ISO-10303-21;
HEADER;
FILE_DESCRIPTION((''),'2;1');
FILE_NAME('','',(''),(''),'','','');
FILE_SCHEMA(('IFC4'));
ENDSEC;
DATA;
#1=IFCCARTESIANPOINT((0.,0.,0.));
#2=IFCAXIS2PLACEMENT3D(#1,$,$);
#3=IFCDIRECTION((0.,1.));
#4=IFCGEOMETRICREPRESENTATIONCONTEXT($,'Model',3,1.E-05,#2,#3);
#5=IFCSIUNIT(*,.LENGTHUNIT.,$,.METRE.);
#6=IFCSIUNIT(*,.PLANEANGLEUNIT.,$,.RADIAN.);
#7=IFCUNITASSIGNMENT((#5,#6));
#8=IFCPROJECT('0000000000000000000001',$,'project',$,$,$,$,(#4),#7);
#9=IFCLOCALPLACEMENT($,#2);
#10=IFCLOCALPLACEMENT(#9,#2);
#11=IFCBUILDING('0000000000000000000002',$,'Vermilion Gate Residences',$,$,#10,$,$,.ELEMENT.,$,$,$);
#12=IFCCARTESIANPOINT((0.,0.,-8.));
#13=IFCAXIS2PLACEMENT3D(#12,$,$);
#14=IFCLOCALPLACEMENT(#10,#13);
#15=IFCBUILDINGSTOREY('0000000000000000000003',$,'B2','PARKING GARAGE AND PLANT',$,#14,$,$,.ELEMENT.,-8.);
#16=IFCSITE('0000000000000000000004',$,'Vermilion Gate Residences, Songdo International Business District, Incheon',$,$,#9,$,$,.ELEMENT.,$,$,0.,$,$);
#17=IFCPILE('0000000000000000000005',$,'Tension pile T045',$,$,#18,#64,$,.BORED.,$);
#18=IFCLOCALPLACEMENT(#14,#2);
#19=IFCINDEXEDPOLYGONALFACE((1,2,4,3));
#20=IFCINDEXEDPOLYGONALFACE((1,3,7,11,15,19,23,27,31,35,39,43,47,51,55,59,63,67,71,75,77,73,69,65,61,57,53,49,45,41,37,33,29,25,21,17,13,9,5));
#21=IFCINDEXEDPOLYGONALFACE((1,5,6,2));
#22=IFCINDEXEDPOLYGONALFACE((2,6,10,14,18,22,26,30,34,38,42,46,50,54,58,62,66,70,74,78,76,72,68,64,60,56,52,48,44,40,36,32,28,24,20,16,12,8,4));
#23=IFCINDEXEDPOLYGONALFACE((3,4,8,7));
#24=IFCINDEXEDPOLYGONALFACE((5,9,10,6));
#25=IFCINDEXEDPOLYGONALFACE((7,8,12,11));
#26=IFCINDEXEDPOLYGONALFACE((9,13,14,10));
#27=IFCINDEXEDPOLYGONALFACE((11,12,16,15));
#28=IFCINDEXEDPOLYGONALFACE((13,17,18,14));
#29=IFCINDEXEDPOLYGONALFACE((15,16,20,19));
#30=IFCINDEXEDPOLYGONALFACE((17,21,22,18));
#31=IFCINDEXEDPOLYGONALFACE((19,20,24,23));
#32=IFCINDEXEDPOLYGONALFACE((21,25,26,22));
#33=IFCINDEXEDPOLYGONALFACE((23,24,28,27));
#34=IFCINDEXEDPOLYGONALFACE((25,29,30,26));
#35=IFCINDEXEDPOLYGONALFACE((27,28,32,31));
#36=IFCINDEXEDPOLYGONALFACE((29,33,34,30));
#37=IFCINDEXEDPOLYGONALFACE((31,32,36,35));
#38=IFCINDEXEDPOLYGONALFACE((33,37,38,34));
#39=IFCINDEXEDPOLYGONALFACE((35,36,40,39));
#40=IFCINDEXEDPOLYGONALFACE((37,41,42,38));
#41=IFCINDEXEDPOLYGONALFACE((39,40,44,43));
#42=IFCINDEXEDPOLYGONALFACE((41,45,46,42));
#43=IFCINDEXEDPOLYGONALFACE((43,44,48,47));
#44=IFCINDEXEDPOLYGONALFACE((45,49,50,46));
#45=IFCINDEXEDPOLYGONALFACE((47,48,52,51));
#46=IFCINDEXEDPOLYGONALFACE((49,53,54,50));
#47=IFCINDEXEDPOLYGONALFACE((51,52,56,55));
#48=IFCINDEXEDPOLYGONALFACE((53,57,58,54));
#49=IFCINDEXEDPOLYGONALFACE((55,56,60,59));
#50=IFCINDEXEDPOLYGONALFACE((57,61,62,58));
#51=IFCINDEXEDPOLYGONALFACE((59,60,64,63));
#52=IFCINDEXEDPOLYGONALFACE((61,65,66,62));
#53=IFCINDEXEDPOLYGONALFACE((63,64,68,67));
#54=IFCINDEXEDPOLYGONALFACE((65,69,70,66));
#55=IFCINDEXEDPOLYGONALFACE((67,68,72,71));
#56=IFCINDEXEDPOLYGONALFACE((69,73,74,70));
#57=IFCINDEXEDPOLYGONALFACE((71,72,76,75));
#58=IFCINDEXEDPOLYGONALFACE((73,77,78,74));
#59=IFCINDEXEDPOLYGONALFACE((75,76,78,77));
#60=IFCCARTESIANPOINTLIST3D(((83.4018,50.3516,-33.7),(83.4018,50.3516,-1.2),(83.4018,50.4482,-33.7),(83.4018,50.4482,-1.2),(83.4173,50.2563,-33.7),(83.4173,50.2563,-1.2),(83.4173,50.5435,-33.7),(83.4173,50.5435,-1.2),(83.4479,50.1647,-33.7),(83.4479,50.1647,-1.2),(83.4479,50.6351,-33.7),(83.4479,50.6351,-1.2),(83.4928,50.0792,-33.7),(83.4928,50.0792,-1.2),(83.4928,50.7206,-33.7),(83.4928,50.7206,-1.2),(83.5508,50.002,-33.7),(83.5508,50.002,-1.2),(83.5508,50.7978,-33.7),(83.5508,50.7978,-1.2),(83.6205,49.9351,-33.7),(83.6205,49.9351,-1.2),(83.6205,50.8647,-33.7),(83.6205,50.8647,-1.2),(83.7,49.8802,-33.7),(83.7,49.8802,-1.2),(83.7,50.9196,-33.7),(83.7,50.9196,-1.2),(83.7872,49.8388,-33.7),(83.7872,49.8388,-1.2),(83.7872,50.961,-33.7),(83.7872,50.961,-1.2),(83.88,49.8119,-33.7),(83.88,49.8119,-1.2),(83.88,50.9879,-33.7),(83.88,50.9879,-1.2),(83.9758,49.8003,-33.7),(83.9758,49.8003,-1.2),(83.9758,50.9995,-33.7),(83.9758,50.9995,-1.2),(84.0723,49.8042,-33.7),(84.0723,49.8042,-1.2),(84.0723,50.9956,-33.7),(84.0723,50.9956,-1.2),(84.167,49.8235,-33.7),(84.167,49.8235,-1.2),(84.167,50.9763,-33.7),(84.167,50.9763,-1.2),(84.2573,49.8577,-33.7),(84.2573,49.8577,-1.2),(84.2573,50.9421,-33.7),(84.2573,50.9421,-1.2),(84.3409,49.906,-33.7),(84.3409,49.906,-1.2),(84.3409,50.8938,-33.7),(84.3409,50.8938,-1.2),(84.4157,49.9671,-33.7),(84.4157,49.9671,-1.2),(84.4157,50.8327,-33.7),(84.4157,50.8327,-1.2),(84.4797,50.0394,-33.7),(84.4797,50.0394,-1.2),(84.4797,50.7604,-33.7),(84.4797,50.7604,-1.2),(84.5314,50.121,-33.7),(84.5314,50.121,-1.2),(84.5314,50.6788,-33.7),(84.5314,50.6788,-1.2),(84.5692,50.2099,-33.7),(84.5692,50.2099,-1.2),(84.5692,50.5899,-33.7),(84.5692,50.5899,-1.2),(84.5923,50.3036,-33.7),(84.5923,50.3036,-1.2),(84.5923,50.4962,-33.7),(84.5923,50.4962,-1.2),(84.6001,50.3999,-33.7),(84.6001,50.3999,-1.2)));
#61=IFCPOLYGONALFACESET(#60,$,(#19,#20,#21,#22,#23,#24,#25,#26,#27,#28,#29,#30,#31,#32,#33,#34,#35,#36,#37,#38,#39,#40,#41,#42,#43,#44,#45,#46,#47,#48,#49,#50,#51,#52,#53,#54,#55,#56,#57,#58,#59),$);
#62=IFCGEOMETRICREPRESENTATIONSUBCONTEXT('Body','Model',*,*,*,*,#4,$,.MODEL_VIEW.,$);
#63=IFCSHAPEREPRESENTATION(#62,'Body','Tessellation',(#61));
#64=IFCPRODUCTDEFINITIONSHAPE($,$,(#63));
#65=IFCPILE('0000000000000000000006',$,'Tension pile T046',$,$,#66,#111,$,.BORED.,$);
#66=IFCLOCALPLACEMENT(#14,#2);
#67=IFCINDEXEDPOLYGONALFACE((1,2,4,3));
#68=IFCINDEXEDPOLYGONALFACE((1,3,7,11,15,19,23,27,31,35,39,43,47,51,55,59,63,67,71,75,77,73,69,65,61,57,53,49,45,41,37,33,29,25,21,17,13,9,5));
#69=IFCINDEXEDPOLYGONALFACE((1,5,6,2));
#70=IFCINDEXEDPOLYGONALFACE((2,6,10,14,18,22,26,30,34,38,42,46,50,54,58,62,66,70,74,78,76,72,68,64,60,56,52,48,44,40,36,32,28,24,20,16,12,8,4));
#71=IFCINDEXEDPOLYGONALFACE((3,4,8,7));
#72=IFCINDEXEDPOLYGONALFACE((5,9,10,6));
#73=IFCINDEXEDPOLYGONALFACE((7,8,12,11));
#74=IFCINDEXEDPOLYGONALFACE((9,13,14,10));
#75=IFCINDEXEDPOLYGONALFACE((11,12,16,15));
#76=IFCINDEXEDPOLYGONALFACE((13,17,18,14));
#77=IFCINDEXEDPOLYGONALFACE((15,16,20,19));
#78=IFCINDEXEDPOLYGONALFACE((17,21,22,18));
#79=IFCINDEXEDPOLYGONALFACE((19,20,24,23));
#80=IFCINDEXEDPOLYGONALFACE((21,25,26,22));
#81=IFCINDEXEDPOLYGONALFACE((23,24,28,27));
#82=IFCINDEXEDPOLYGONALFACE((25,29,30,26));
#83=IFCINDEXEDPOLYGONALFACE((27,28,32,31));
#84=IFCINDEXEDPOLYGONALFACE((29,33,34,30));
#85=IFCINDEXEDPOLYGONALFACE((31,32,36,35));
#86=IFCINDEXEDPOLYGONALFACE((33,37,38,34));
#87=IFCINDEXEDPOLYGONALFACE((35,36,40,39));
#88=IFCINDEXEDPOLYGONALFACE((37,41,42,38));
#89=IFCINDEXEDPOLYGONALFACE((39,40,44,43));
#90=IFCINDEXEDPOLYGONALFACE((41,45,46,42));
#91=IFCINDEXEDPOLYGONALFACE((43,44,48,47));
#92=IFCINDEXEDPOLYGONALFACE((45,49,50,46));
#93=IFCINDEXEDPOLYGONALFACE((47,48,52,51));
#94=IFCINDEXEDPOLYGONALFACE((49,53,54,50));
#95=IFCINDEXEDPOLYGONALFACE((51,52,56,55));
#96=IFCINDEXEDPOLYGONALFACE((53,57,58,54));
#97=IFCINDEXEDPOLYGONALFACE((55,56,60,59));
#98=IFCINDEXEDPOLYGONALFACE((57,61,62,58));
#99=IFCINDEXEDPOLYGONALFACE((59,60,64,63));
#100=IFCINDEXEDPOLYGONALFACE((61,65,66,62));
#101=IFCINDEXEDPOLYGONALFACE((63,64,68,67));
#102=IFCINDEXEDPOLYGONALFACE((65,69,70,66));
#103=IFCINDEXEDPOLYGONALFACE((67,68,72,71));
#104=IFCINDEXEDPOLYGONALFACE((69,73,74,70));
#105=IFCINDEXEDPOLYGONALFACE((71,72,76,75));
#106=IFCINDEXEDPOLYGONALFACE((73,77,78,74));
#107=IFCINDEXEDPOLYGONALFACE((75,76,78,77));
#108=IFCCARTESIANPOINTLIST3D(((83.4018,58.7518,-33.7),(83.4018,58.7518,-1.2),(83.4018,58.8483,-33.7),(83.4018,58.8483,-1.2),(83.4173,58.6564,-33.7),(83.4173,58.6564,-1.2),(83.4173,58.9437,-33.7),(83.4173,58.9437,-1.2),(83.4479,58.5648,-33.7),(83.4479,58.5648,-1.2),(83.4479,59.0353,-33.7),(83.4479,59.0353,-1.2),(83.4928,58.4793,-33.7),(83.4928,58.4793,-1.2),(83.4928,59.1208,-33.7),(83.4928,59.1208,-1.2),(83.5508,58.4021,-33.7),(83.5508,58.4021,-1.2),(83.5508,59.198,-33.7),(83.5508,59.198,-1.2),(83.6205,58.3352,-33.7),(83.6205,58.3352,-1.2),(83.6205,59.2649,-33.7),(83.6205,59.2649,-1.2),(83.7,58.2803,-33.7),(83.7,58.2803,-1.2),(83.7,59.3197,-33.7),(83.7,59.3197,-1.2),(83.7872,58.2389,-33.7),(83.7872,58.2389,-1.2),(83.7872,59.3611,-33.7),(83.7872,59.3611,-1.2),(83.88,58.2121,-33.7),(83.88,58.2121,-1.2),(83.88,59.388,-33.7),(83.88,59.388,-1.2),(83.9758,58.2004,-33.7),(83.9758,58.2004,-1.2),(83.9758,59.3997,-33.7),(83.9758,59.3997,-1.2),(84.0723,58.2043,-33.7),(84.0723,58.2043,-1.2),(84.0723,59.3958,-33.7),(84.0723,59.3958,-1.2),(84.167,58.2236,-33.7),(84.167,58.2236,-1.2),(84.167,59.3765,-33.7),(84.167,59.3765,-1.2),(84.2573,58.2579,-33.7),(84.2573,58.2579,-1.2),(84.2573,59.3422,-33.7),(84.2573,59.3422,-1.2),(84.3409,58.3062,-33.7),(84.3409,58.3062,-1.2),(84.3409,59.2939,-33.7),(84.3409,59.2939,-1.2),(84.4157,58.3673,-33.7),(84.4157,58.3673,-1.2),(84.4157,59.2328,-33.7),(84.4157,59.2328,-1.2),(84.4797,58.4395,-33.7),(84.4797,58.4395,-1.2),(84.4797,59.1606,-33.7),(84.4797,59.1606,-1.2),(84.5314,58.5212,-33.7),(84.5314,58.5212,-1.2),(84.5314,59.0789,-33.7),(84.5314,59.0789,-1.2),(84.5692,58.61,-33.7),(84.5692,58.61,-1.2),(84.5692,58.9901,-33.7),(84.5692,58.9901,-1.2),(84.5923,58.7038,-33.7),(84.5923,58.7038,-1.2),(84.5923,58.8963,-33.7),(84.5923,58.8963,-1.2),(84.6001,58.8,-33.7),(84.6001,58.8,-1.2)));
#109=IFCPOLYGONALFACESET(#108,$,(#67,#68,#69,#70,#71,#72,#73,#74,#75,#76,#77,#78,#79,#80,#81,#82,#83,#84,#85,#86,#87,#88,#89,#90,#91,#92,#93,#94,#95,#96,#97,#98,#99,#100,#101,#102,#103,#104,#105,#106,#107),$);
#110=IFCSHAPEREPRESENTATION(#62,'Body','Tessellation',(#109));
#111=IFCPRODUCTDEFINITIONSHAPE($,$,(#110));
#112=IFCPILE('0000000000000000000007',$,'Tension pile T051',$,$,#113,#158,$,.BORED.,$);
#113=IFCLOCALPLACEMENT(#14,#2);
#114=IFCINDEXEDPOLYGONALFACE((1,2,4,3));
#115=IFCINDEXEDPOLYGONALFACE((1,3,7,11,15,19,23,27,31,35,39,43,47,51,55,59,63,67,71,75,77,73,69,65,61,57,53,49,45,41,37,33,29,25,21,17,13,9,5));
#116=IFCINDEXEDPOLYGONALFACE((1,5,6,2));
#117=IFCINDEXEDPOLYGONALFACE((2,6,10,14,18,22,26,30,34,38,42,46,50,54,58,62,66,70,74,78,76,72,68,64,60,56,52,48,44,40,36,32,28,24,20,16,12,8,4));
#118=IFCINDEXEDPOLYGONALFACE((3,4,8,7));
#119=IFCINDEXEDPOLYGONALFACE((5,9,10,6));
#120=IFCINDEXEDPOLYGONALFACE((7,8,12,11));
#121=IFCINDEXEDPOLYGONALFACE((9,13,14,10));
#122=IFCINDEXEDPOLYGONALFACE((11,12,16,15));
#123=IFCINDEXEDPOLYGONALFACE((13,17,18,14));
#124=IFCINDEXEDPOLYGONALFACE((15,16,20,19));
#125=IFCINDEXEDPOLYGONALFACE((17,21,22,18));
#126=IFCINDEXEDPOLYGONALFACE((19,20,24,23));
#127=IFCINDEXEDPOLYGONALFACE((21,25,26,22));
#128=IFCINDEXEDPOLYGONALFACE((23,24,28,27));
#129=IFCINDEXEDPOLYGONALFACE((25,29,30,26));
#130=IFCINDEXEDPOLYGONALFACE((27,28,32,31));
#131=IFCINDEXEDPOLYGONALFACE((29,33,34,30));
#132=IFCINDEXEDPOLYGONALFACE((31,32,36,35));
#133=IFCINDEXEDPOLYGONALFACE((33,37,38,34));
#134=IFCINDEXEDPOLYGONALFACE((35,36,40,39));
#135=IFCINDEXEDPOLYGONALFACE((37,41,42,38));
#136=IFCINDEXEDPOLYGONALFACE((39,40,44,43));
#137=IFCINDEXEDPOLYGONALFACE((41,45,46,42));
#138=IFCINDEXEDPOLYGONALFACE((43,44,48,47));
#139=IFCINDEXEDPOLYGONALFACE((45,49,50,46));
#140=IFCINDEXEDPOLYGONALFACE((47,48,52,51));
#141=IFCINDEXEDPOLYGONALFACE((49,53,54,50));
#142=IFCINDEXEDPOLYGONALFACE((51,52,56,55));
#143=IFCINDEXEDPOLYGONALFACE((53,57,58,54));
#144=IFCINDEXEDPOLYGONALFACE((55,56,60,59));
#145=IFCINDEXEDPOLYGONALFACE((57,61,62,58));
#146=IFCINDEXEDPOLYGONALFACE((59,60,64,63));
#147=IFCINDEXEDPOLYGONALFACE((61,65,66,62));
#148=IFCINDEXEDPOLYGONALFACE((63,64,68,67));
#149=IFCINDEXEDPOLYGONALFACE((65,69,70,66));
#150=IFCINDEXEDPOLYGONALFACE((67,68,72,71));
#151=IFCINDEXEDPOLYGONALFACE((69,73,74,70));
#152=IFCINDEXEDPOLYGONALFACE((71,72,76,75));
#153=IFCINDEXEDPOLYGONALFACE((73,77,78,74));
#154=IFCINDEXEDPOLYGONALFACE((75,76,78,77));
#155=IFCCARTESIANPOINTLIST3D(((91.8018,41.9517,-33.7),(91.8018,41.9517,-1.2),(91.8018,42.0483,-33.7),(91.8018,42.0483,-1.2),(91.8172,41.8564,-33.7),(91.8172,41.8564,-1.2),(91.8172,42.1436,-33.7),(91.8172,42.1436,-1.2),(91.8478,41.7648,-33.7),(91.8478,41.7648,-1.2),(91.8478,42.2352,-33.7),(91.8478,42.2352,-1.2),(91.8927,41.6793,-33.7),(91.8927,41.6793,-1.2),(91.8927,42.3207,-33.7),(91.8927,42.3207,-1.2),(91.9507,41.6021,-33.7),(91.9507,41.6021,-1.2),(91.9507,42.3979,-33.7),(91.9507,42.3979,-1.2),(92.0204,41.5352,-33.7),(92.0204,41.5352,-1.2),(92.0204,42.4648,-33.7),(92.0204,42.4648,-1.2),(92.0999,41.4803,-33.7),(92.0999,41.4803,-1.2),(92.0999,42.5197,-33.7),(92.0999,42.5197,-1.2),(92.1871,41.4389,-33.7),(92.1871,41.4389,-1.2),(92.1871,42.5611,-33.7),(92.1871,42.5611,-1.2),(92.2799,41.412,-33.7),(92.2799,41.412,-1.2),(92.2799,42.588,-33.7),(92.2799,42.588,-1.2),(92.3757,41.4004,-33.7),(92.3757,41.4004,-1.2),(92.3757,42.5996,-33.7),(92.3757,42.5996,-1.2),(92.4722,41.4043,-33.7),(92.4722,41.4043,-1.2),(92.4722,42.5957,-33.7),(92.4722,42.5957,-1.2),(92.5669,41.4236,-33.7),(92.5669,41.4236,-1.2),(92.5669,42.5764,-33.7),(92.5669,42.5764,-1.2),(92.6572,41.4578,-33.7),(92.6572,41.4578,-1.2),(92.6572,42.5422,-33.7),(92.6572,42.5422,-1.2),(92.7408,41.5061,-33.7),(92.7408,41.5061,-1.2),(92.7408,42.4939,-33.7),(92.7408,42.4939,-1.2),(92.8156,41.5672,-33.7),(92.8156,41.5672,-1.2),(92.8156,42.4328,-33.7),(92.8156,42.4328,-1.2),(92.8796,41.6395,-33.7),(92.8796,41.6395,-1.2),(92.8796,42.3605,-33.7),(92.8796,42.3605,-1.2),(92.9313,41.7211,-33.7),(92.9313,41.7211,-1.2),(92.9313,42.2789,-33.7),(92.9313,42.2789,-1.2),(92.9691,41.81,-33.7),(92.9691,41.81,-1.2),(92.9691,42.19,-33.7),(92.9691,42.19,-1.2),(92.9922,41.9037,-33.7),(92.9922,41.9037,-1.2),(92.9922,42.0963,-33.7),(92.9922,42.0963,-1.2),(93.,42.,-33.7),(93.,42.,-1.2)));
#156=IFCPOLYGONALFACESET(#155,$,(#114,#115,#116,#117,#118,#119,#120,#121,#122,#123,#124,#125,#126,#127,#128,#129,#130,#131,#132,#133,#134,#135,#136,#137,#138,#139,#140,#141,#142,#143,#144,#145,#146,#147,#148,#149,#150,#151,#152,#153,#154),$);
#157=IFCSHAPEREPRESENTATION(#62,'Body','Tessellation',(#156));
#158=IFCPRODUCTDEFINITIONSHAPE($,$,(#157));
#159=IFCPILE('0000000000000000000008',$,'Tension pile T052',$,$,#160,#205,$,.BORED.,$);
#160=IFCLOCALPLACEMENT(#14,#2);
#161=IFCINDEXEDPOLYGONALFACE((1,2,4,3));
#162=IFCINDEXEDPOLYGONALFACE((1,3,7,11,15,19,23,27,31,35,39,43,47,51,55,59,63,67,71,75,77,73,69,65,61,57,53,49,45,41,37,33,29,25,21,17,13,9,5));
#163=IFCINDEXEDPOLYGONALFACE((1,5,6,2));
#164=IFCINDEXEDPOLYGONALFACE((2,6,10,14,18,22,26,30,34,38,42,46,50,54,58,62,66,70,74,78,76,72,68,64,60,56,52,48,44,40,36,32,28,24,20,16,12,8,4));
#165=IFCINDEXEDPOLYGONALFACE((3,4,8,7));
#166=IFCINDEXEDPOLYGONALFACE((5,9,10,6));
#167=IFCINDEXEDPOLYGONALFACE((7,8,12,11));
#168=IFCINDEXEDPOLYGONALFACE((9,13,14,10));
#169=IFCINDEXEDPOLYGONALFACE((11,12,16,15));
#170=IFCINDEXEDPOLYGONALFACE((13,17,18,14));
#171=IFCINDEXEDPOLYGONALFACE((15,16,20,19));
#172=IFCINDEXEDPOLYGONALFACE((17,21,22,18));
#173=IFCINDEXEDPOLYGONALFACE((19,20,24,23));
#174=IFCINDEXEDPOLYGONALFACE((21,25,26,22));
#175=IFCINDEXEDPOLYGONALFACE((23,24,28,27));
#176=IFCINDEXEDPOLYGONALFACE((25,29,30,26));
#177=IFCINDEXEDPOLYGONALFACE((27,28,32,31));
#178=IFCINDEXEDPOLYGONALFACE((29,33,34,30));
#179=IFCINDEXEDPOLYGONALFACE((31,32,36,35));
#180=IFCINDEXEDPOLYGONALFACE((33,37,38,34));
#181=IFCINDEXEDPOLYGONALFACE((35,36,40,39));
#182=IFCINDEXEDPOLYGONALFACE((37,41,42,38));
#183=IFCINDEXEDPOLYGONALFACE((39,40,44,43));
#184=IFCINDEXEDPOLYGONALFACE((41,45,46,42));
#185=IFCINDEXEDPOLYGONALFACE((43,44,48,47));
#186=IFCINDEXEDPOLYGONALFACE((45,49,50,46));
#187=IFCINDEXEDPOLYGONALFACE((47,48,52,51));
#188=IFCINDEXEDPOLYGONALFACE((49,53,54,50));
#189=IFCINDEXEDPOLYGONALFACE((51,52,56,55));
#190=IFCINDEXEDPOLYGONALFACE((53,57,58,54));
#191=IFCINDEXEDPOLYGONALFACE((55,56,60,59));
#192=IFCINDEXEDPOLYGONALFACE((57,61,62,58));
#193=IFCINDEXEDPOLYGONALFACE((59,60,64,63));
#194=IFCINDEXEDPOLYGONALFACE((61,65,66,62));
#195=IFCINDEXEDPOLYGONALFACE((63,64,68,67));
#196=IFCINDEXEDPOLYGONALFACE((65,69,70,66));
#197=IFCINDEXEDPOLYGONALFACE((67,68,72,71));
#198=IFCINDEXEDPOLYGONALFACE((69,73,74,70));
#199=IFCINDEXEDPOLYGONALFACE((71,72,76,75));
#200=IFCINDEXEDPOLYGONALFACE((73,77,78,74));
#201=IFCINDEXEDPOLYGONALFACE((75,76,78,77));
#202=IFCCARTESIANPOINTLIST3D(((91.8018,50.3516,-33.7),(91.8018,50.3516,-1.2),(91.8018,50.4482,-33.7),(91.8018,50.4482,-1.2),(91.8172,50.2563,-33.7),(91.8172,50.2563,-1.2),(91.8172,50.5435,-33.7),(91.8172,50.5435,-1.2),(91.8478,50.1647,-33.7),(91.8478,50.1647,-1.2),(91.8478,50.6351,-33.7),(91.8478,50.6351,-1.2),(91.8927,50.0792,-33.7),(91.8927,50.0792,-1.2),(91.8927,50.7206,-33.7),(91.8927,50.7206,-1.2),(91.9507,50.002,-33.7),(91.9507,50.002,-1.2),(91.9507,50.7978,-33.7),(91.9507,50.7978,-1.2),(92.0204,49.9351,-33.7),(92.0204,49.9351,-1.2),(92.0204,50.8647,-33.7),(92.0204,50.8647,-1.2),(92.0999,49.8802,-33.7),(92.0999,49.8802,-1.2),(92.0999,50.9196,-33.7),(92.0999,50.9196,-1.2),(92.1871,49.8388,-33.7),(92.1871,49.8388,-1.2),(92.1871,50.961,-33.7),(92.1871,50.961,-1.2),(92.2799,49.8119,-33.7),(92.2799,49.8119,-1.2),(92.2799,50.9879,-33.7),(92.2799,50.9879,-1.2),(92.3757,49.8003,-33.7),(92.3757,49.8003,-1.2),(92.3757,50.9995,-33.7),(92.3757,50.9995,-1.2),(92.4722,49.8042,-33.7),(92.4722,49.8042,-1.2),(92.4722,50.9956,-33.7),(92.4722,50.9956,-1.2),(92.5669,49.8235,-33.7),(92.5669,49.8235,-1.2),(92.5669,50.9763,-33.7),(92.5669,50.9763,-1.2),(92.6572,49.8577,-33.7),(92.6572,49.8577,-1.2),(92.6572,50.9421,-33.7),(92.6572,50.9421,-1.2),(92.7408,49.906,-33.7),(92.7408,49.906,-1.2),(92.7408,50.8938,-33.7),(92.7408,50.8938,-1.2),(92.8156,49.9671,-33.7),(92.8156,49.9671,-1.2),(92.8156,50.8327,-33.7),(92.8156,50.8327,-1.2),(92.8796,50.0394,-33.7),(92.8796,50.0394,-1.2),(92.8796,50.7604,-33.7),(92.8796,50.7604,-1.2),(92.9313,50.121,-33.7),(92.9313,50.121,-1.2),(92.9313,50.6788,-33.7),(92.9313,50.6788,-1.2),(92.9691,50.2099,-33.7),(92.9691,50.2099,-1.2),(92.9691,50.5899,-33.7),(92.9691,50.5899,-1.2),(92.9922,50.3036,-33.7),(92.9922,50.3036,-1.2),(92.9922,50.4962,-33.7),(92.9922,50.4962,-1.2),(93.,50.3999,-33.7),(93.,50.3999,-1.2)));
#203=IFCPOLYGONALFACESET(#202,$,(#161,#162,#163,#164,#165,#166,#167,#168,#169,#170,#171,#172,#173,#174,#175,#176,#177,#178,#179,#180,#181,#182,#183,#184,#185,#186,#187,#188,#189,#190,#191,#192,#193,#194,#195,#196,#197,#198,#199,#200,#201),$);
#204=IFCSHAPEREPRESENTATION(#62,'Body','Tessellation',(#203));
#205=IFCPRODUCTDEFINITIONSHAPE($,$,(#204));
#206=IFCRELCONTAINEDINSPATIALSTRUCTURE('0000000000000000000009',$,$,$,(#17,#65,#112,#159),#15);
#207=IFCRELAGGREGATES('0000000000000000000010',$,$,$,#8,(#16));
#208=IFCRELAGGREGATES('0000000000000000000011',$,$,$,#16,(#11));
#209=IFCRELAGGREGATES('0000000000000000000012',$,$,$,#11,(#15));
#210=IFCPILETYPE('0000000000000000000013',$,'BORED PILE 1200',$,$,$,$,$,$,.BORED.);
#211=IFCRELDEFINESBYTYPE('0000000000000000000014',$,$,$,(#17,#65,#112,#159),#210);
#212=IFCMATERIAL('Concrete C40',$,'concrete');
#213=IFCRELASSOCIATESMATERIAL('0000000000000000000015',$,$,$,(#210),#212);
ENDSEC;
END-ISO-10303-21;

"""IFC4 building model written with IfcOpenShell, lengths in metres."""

from ifc_helpers import new_model, si_unit, direction, frame, origin, origin_2d, place, context, subcontext, project, spatial, circle, extrude, material, material_profile, profile_set, type_object, element, save


model = new_model("IFC4")

# Units and contexts
model_context = context("Model", 3, precision=1e-05, world=origin(), true_north=direction((0.0, 1.0)))
body_context = subcontext(model_context, "Body", "Model", "MODEL_VIEW")
ifc_project = project(units=[si_unit("LENGTHUNIT", "METRE"), si_unit("PLANEANGLEUNIT", "RADIAN")], contexts=[model_context])

# Site, building, storey
site_placement = place(None, origin())
site = spatial("IfcSite", under=ifc_project, at=site_placement, Name="Vermilion Gate Residences, Songdo International Business District, Incheon", CompositionType="ELEMENT", RefElevation=0.0)
building_placement = place(site_placement, origin())
building = spatial("IfcBuilding", under=site, at=building_placement, Name="Vermilion Gate Residences", CompositionType="ELEMENT")
storey_placement = place(building_placement, frame((0.0, 0.0, -8.0)))
storey = spatial("IfcBuildingStorey", under=building, at=storey_placement, Name="B2", Description="PARKING GARAGE AND PLANT", CompositionType="ELEMENT", Elevation=-8.0)

# Piles
ifc_material_1 = material(Name="Concrete C40", Category="concrete")
ifc_material_profile_1 = material_profile(ifc_material_1, circle(Radius=0.6001, at=origin_2d()), Name="BORED PILE 1200")
ifc_profile_set_1 = profile_set([ifc_material_profile_1], Name="Concrete C40")
pile_type = type_object("IfcPileType", Name="BORED PILE 1200", PredefinedType="BORED", material=ifc_profile_set_1)
for number, where, z_axis, x_axis, name in (
    (1, (84.0, 50.3999, -1.2), (0.0, 0.0, -1.0), (1.0, 0.0, 0.0), "Tension pile T045"),
    (2, (84.0, 58.8, -1.2), (0.0, 0.0, -1.0), (1.0, 0.0, 0.0), "Tension pile T046"),
    (3, (92.3999, 42.0, -1.2), (0.0, 0.0, -1.0), (1.0, 0.0, 0.0), "Tension pile T051"),
    (4, (92.3999, 50.3999, -1.2), (0.0, 0.0, -1.0), (1.0, 0.0, 0.0), "Tension pile T052"),
):
    element("IfcPile", number, at=place(storey_placement, frame(where, z_axis=z_axis, x_axis=x_axis)), inside=storey, type_object=pile_type, Name=name, PredefinedType="BORED", context=body_context, shape_type="SweptSolid", body=[
        extrude(circle(Radius=0.6001, at=origin_2d()), origin(), (0.0, 0.0, 1.0), 32.5),
    ])

save(model, "model.ifc")
